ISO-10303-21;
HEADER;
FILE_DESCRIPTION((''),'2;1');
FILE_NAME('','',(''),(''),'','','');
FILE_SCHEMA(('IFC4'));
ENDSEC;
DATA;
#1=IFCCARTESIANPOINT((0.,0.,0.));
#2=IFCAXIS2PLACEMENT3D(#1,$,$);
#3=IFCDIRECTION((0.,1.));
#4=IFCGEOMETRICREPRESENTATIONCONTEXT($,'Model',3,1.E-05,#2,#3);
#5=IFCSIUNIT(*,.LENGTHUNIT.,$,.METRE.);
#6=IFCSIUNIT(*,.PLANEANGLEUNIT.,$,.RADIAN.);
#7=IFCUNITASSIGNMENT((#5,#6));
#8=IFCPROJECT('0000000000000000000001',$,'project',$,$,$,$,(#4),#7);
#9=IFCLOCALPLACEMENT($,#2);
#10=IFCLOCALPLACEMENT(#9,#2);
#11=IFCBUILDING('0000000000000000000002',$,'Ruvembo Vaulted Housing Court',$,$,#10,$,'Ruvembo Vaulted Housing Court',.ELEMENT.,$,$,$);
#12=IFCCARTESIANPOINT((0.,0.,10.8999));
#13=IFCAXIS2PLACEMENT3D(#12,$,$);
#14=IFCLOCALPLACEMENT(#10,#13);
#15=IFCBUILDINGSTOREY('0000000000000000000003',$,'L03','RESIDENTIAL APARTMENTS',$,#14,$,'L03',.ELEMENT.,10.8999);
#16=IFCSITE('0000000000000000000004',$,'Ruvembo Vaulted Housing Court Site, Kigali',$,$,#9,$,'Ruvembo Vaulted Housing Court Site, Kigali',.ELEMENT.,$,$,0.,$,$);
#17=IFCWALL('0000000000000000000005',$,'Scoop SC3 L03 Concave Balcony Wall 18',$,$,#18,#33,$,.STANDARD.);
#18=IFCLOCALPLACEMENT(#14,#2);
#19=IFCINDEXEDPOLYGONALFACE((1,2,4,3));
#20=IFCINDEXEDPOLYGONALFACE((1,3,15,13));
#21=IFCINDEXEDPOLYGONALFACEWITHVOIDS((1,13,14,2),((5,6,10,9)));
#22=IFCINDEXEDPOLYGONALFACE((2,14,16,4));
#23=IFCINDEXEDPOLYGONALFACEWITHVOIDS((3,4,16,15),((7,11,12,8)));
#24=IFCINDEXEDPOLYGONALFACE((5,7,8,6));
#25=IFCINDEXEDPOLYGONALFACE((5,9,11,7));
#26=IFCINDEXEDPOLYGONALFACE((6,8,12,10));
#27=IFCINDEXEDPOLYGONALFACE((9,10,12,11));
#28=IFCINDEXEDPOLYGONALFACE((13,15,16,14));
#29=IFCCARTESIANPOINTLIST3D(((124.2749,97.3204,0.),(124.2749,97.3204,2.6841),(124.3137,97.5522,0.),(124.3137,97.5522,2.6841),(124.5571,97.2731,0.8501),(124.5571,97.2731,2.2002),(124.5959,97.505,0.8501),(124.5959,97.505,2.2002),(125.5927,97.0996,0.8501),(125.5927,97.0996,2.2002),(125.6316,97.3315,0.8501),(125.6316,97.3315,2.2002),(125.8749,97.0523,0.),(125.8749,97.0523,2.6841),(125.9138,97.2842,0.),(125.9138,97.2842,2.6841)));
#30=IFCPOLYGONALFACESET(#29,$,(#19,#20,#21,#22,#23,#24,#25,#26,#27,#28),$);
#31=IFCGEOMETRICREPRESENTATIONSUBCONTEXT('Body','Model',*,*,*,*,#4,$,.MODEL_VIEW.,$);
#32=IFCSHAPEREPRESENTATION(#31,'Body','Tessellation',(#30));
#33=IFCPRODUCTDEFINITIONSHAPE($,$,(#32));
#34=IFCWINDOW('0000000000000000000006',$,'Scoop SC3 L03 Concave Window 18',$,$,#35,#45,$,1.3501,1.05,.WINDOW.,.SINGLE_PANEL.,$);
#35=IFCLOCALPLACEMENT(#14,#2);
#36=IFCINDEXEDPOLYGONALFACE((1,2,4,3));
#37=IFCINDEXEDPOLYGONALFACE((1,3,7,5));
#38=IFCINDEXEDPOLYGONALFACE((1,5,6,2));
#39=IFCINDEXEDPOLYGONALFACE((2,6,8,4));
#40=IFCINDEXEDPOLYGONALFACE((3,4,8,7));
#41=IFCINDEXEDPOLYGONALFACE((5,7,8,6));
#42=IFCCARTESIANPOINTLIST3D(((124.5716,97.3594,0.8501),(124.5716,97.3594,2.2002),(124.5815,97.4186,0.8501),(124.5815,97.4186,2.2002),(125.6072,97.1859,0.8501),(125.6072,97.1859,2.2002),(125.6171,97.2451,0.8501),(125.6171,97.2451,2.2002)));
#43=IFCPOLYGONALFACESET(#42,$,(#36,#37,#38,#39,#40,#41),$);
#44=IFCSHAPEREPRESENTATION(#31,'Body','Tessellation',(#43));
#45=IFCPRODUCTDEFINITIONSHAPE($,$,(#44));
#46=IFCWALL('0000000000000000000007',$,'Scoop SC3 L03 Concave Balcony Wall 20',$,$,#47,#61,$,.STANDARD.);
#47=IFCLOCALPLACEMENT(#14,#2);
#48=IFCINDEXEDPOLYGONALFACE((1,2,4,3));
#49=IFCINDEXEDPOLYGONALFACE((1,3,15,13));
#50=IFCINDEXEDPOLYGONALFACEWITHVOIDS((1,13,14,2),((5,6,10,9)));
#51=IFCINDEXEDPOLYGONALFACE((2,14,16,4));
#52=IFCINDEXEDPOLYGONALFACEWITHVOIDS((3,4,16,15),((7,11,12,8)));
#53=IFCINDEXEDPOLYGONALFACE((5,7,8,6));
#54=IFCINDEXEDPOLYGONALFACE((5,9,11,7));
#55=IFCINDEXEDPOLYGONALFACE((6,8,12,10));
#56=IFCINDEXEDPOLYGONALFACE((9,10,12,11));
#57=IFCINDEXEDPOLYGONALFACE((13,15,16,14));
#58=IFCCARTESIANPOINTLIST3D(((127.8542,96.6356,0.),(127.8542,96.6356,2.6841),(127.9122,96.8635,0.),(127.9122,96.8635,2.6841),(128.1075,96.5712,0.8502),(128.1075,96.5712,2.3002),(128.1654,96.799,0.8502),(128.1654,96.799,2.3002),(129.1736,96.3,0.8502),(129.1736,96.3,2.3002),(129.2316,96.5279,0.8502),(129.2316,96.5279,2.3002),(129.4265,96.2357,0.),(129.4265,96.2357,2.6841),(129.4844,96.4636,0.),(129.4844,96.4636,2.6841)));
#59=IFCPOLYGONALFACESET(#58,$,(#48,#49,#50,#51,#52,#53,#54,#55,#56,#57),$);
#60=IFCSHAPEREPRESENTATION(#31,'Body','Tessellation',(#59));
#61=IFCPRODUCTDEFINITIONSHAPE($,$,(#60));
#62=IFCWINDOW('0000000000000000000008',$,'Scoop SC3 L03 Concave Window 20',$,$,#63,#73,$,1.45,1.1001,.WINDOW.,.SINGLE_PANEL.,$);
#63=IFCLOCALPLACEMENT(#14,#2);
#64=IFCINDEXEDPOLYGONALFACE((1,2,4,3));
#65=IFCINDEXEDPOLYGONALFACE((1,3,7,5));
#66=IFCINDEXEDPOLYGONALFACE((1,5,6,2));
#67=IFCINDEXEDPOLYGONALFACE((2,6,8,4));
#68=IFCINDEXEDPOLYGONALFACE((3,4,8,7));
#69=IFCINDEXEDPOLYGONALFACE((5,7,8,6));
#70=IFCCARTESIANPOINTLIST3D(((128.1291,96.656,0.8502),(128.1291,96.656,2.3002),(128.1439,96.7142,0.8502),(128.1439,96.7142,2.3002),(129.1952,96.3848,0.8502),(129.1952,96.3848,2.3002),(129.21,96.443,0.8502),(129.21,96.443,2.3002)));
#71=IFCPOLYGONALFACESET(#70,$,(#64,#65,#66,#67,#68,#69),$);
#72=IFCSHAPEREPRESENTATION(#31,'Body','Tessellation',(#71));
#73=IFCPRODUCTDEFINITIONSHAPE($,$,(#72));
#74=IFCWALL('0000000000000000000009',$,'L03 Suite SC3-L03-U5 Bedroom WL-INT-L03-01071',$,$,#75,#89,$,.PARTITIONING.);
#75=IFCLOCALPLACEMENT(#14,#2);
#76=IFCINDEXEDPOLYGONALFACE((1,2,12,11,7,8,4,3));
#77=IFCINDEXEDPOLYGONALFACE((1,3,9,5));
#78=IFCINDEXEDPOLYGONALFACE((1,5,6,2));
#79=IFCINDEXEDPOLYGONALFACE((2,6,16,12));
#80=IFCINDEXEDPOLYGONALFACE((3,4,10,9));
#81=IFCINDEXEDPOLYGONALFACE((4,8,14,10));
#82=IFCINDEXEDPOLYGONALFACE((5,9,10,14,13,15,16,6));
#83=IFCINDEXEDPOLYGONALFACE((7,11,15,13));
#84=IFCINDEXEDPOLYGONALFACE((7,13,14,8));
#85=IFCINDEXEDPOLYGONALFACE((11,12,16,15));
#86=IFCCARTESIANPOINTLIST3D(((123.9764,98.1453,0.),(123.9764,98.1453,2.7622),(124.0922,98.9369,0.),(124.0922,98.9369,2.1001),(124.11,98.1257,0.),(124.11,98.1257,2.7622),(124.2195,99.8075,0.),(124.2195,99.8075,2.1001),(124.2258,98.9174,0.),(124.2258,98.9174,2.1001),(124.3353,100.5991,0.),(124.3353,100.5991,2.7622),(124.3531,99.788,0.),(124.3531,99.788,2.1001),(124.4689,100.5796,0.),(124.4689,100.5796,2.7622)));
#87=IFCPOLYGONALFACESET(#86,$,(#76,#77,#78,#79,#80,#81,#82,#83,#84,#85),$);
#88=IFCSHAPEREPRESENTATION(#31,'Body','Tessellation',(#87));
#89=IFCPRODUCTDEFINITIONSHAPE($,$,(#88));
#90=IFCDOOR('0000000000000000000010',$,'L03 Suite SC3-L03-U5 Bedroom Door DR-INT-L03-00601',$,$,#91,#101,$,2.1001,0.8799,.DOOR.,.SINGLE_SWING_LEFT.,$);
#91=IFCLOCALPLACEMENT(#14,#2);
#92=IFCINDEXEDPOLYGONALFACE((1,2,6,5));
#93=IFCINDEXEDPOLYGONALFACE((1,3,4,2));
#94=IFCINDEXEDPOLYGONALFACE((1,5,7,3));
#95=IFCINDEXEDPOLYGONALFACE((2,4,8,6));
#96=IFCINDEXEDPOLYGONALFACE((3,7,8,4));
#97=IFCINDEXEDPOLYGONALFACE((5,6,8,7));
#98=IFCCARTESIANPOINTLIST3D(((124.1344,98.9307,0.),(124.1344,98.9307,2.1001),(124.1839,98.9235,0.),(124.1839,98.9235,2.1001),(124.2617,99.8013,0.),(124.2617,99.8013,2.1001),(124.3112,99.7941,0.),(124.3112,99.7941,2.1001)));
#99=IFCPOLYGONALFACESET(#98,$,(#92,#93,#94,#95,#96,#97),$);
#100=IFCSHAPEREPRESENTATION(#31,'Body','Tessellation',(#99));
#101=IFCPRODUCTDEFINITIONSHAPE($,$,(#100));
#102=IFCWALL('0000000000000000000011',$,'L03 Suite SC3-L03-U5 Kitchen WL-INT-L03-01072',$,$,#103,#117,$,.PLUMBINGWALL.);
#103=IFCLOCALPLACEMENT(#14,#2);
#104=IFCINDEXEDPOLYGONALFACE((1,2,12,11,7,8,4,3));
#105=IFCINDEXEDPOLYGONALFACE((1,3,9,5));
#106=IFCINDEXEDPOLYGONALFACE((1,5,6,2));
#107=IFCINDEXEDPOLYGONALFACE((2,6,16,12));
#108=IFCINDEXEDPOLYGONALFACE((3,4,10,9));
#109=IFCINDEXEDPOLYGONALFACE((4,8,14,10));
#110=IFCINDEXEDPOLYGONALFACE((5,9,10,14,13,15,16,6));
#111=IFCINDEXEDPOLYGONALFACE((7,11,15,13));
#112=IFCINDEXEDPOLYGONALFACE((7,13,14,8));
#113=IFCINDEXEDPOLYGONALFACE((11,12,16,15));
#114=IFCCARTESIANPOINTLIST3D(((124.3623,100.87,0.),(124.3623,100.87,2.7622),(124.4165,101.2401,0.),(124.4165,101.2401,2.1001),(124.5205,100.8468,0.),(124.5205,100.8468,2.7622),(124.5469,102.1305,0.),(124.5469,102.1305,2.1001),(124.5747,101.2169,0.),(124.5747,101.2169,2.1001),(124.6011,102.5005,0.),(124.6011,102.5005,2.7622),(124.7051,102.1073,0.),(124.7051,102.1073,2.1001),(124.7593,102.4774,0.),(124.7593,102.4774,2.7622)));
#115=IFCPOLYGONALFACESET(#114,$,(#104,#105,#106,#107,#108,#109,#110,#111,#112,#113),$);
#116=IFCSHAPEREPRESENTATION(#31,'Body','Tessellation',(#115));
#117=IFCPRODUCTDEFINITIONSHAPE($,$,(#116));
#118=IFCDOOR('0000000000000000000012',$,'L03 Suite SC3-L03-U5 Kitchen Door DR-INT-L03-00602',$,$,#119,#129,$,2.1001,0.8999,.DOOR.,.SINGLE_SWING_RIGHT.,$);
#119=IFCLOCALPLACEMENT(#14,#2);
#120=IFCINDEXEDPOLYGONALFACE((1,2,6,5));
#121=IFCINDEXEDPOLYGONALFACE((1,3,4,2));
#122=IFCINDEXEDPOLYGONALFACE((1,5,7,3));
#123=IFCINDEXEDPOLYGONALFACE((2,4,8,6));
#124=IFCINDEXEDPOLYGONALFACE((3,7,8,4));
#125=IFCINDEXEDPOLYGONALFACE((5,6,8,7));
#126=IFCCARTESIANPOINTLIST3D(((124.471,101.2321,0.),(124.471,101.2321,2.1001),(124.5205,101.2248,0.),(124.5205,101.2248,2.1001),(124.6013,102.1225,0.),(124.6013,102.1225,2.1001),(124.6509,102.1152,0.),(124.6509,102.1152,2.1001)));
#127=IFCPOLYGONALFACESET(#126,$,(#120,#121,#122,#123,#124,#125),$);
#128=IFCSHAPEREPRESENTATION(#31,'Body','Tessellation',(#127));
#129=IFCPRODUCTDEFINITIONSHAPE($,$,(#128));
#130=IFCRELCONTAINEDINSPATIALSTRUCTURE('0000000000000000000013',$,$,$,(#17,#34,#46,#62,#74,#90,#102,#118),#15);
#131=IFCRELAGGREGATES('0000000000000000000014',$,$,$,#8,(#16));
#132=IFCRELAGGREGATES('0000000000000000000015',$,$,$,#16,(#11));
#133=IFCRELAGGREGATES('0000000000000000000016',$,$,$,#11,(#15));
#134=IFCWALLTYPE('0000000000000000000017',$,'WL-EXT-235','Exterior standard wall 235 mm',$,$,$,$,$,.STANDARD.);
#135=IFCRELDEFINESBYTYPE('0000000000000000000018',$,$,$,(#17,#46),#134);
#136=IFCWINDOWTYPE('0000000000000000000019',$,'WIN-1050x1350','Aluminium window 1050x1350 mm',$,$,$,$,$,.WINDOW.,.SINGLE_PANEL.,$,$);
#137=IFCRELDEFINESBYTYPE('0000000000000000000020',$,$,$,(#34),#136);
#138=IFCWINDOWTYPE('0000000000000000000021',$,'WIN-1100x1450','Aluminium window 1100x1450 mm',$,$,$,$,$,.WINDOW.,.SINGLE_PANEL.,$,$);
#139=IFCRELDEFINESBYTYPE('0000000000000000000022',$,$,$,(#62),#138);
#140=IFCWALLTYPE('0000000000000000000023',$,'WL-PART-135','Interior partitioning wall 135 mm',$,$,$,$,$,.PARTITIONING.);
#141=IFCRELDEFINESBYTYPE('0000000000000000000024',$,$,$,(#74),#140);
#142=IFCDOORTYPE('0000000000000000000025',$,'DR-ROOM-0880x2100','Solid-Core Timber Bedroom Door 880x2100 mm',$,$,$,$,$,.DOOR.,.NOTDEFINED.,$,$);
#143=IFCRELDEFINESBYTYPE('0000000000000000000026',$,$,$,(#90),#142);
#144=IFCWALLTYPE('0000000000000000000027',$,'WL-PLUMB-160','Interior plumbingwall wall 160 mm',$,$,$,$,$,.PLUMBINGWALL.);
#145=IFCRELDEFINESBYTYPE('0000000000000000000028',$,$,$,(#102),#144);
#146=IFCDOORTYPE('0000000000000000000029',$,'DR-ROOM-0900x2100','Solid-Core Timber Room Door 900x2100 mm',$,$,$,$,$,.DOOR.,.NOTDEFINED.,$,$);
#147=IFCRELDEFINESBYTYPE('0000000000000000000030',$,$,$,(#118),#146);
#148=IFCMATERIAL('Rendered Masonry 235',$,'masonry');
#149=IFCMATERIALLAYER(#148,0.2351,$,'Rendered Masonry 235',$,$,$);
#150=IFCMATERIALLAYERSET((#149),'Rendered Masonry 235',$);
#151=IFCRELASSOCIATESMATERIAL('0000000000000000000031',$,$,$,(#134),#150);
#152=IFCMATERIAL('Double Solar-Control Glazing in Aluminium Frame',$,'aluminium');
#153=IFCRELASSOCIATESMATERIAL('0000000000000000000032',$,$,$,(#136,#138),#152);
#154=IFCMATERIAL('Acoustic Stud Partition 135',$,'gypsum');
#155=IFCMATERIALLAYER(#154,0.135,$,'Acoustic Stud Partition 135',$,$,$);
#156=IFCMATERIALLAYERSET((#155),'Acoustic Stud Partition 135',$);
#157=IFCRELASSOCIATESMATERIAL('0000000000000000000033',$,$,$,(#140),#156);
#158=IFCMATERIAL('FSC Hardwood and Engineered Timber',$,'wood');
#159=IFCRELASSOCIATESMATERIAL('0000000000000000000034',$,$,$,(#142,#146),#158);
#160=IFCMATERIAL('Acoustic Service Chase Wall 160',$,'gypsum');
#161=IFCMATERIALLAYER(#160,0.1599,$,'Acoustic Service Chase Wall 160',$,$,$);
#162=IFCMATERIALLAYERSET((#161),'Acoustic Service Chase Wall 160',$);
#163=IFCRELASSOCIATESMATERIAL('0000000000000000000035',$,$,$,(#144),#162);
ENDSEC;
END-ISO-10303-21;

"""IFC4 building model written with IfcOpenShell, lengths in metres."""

from ifc_helpers import new_model, si_unit, direction, frame, frame_2d, origin, place, context, subcontext, project, spatial, rectangle, extrude, material, layer, layer_set, type_object, element, fill, save


model = new_model("IFC4")

# Units and contexts
model_context = context("Model", 3, precision=1e-05, world=origin(), true_north=direction((0.0, 1.0)))
body_context = subcontext(model_context, "Body", "Model", "MODEL_VIEW")
ifc_project = project(units=[si_unit("LENGTHUNIT", "METRE"), si_unit("PLANEANGLEUNIT", "RADIAN")], contexts=[model_context])

# Site, building, storey
site_placement = place(None, origin())
site = spatial("IfcSite", under=ifc_project, at=site_placement, Name="Ruvembo Vaulted Housing Court Site, Kigali", LongName="Ruvembo Vaulted Housing Court Site, Kigali", CompositionType="ELEMENT", RefElevation=0.0)
building_placement = place(site_placement, origin())
building = spatial("IfcBuilding", under=site, at=building_placement, Name="Ruvembo Vaulted Housing Court", LongName="Ruvembo Vaulted Housing Court", CompositionType="ELEMENT")
storey_placement = place(building_placement, frame((0.0, 0.0, 10.8999)))
storey = spatial("IfcBuildingStorey", under=building, at=storey_placement, Name="L03", Description="RESIDENTIAL APARTMENTS", LongName="L03", CompositionType="ELEMENT", Elevation=10.8999)

# Wall, opening, window
ifc_material_1 = material(Name="Rendered Masonry 235", Category="masonry")
ifc_layer_1 = layer(ifc_material_1, 0.2351, Name="Rendered Masonry 235")
ifc_layer_set_1 = layer_set([ifc_layer_1], Name="Rendered Masonry 235")
wall_type_1 = type_object("IfcWallType", Name="WL-EXT-235", Description="Exterior standard wall 235 mm", PredefinedType="STANDARD", material=ifc_layer_set_1)
ifc_material_2 = material(Name="Double Solar-Control Glazing in Aluminium Frame", Category="aluminium")
wall_1_placement = place(storey_placement, frame((124.2944, 97.4363, 0.0), z_axis=(0.0, 0.0, 1.0), x_axis=(0.986255, -0.165229, 0.0)))
wall_1 = element("IfcWall", 1, at=wall_1_placement, inside=storey, type_object=wall_type_1, Name="Scoop SC3 L03 Concave Balcony Wall 18", PredefinedType="STANDARD", context=body_context, shape_type="SweptSolid", body=[
    extrude(rectangle(XDim=1.6223, YDim=0.2351, at=frame_2d((0.811, 0.0))), origin(), (0.0, 0.0, 1.0), 2.6841),
])
opening_1_placement = place(wall_1_placement, frame((0.2861, 0.0, 0.8501)))
opening_1 = element("IfcOpeningElement", 2, at=opening_1_placement, cuts=wall_1, PredefinedType="OPENING", context=body_context, shape_type="SweptSolid", body=[
    extrude(rectangle(XDim=1.05, YDim=1.3501, at=frame_2d((0.5249, 0.675))), frame((0.0, 0.1274, 0.0), z_axis=(0.0, -1.0, 0.0), x_axis=(1.0, 0.0, 0.0)), (0.0, 0.0, 1.0), 0.2551),
])
window_type_1 = type_object("IfcWindowType", Name="WIN-1050x1350", Description="Aluminium window 1050x1350 mm", PartitioningType="SINGLE_PANEL", PredefinedType="WINDOW", material=ifc_material_2)
window_1_placement = place(opening_1_placement, origin())
window_1 = element("IfcWindow", 3, at=window_1_placement, inside=storey, type_object=window_type_1, Name="Scoop SC3 L03 Concave Window 18", OverallHeight=1.3501, OverallWidth=1.05, PartitioningType="SINGLE_PANEL", PredefinedType="WINDOW", context=body_context, shape_type="SweptSolid", body=[
    extrude(rectangle(XDim=1.05, YDim=1.3501, at=frame_2d((0.5249, 0.675))), frame((0.0, 0.03, 0.0), z_axis=(0.0, -1.0, 0.0), x_axis=(1.0, 0.0, 0.0)), (0.0, 0.0, 1.0), 0.0601),
])
fill(opening_1, window_1)

# Wall, opening, window
wall_2_placement = place(storey_placement, frame((127.8833, 96.7495, 0.0), z_axis=(0.0, 0.0, 1.0), x_axis=(0.969143, -0.246499, 0.0)))
wall_2 = element("IfcWall", 4, at=wall_2_placement, inside=storey, type_object=wall_type_1, Name="Scoop SC3 L03 Concave Balcony Wall 20", PredefinedType="STANDARD", context=body_context, shape_type="SweptSolid", body=[
    extrude(rectangle(XDim=1.6223, YDim=0.2351, at=frame_2d((0.811, 0.0))), origin(), (0.0, 0.0, 1.0), 2.6841),
])
opening_2_placement = place(wall_2_placement, frame((0.2612, 0.0, 0.8501)))
opening_2 = element("IfcOpeningElement", 5, at=opening_2_placement, cuts=wall_2, PredefinedType="OPENING", context=body_context, shape_type="SweptSolid", body=[
    extrude(rectangle(XDim=1.1001, YDim=1.45, at=frame_2d((0.55, 0.7251))), frame((0.0, 0.1274, 0.0), z_axis=(0.0, -1.0, 0.0), x_axis=(1.0, 0.0, 0.0)), (0.0, 0.0, 1.0), 0.2551),
])
window_type_2 = type_object("IfcWindowType", Name="WIN-1100x1450", Description="Aluminium window 1100x1450 mm", PartitioningType="SINGLE_PANEL", PredefinedType="WINDOW", material=ifc_material_2)
window_2_placement = place(opening_2_placement, origin())
window_2 = element("IfcWindow", 6, at=window_2_placement, inside=storey, type_object=window_type_2, Name="Scoop SC3 L03 Concave Window 20", OverallHeight=1.45, OverallWidth=1.1001, PartitioningType="SINGLE_PANEL", PredefinedType="WINDOW", context=body_context, shape_type="SweptSolid", body=[
    extrude(rectangle(XDim=1.1001, YDim=1.45, at=frame_2d((0.55, 0.7251))), frame((0.0, 0.03, 0.0), z_axis=(0.0, -1.0, 0.0), x_axis=(1.0, 0.0, 0.0)), (0.0, 0.0, 1.0), 0.0601),
])
fill(opening_2, window_2)

# Walls, openings, doors
ifc_material_3 = material(Name="Acoustic Stud Partition 135", Category="gypsum")
ifc_layer_2 = layer(ifc_material_3, 0.135, Name="Acoustic Stud Partition 135")
ifc_layer_set_2 = layer_set([ifc_layer_2], Name="Acoustic Stud Partition 135")
wall_type_2 = type_object("IfcWallType", Name="WL-PART-135", Description="Interior partitioning wall 135 mm", PredefinedType="PARTITIONING", material=ifc_layer_set_2)
wall_3_placement = place(storey_placement, frame((124.0432, 98.1355, 0.0), z_axis=(0.0, 0.0, 1.0), x_axis=(0.144715, 0.989473, 0.0)))
wall_3 = element("IfcWall", 7, at=wall_3_placement, inside=storey, type_object=wall_type_2, Name="L03 Suite SC3-L03-U5 Bedroom WL-INT-L03-01071", PredefinedType="PARTITIONING", context=body_context, shape_type="SweptSolid", body=[
    extrude(rectangle(XDim=2.48, YDim=0.135, at=frame_2d((1.24, 0.0))), origin(), (0.0, 0.0, 1.0), 2.7622),
])
opening_3_placement = place(wall_3_placement, frame((0.8, 0.0, 0.0)))
opening_3 = element("IfcOpeningElement", 8, at=opening_3_placement, cuts=wall_3, PredefinedType="OPENING", context=body_context, shape_type="SweptSolid", body=[
    extrude(rectangle(XDim=0.8799, YDim=2.1001, at=frame_2d((0.4399, 1.05))), frame((0.0, 0.0774, 0.0), z_axis=(0.0, -1.0, 0.0), x_axis=(1.0, 0.0, 0.0)), (0.0, 0.0, 1.0), 0.155),
])
ifc_material_4 = material(Name="FSC Hardwood and Engineered Timber", Category="wood")
door_type_1 = type_object("IfcDoorType", Name="DR-ROOM-0880x2100", Description="Solid-Core Timber Bedroom Door 880x2100 mm", OperationType="NOTDEFINED", PredefinedType="DOOR", material=ifc_material_4)
door_1_placement = place(opening_3_placement, origin())
door_1 = element("IfcDoor", 9, at=door_1_placement, inside=storey, type_object=door_type_1, Name="L03 Suite SC3-L03-U5 Bedroom Door DR-INT-L03-00601", OperationType="SINGLE_SWING_LEFT", OverallHeight=2.1001, OverallWidth=0.8799, PredefinedType="DOOR", context=body_context, shape_type="SweptSolid", body=[
    extrude(rectangle(XDim=0.8799, YDim=2.1001, at=frame_2d((0.4399, 1.05))), frame((0.0, 0.0249, 0.0), z_axis=(0.0, -1.0, 0.0), x_axis=(1.0, 0.0, 0.0)), (0.0, 0.0, 1.0), 0.05),
])
fill(opening_3, door_1)
ifc_material_5 = material(Name="Acoustic Service Chase Wall 160", Category="gypsum")
ifc_layer_3 = layer(ifc_material_5, 0.1599, Name="Acoustic Service Chase Wall 160")
ifc_layer_set_3 = layer_set([ifc_layer_3], Name="Acoustic Service Chase Wall 160")
wall_type_3 = type_object("IfcWallType", Name="WL-PLUMB-160", Description="Interior plumbingwall wall 160 mm", PredefinedType="PLUMBINGWALL", material=ifc_layer_set_3)
wall_4_placement = place(storey_placement, frame((124.4414, 100.8584, 0.0), z_axis=(0.0, 0.0, 1.0), x_axis=(0.144884, 0.989449, 0.0)))
wall_4 = element("IfcWall", 10, at=wall_4_placement, inside=storey, type_object=wall_type_3, Name="L03 Suite SC3-L03-U5 Kitchen WL-INT-L03-01072", PredefinedType="PLUMBINGWALL", context=body_context, shape_type="SweptSolid", body=[
    extrude(rectangle(XDim=1.6479, YDim=0.1599, at=frame_2d((0.824, 0.0))), origin(), (0.0, 0.0, 1.0), 2.7622),
])
opening_4_placement = place(wall_4_placement, frame((0.374, 0.0, 0.0)))
opening_4 = element("IfcOpeningElement", 11, at=opening_4_placement, cuts=wall_4, PredefinedType="OPENING", context=body_context, shape_type="SweptSolid", body=[
    extrude(rectangle(XDim=0.8999, YDim=2.1001, at=frame_2d((0.45, 1.05))), frame((0.0, 0.0898, 0.0), z_axis=(0.0, -1.0, 0.0), x_axis=(1.0, 0.0, 0.0)), (0.0, 0.0, 1.0), 0.1799),
])
door_type_2 = type_object("IfcDoorType", Name="DR-ROOM-0900x2100", Description="Solid-Core Timber Room Door 900x2100 mm", OperationType="NOTDEFINED", PredefinedType="DOOR", material=ifc_material_4)
door_2_placement = place(opening_4_placement, origin())
door_2 = element("IfcDoor", 12, at=door_2_placement, inside=storey, type_object=door_type_2, Name="L03 Suite SC3-L03-U5 Kitchen Door DR-INT-L03-00602", OperationType="SINGLE_SWING_RIGHT", OverallHeight=2.1001, OverallWidth=0.8999, PredefinedType="DOOR", context=body_context, shape_type="SweptSolid", body=[
    extrude(rectangle(XDim=0.8999, YDim=2.1001, at=frame_2d((0.45, 1.05))), frame((0.0, 0.0249, 0.0), z_axis=(0.0, -1.0, 0.0), x_axis=(1.0, 0.0, 0.0)), (0.0, 0.0, 1.0), 0.05),
])
fill(opening_4, door_2)

save(model, "model.ifc")
